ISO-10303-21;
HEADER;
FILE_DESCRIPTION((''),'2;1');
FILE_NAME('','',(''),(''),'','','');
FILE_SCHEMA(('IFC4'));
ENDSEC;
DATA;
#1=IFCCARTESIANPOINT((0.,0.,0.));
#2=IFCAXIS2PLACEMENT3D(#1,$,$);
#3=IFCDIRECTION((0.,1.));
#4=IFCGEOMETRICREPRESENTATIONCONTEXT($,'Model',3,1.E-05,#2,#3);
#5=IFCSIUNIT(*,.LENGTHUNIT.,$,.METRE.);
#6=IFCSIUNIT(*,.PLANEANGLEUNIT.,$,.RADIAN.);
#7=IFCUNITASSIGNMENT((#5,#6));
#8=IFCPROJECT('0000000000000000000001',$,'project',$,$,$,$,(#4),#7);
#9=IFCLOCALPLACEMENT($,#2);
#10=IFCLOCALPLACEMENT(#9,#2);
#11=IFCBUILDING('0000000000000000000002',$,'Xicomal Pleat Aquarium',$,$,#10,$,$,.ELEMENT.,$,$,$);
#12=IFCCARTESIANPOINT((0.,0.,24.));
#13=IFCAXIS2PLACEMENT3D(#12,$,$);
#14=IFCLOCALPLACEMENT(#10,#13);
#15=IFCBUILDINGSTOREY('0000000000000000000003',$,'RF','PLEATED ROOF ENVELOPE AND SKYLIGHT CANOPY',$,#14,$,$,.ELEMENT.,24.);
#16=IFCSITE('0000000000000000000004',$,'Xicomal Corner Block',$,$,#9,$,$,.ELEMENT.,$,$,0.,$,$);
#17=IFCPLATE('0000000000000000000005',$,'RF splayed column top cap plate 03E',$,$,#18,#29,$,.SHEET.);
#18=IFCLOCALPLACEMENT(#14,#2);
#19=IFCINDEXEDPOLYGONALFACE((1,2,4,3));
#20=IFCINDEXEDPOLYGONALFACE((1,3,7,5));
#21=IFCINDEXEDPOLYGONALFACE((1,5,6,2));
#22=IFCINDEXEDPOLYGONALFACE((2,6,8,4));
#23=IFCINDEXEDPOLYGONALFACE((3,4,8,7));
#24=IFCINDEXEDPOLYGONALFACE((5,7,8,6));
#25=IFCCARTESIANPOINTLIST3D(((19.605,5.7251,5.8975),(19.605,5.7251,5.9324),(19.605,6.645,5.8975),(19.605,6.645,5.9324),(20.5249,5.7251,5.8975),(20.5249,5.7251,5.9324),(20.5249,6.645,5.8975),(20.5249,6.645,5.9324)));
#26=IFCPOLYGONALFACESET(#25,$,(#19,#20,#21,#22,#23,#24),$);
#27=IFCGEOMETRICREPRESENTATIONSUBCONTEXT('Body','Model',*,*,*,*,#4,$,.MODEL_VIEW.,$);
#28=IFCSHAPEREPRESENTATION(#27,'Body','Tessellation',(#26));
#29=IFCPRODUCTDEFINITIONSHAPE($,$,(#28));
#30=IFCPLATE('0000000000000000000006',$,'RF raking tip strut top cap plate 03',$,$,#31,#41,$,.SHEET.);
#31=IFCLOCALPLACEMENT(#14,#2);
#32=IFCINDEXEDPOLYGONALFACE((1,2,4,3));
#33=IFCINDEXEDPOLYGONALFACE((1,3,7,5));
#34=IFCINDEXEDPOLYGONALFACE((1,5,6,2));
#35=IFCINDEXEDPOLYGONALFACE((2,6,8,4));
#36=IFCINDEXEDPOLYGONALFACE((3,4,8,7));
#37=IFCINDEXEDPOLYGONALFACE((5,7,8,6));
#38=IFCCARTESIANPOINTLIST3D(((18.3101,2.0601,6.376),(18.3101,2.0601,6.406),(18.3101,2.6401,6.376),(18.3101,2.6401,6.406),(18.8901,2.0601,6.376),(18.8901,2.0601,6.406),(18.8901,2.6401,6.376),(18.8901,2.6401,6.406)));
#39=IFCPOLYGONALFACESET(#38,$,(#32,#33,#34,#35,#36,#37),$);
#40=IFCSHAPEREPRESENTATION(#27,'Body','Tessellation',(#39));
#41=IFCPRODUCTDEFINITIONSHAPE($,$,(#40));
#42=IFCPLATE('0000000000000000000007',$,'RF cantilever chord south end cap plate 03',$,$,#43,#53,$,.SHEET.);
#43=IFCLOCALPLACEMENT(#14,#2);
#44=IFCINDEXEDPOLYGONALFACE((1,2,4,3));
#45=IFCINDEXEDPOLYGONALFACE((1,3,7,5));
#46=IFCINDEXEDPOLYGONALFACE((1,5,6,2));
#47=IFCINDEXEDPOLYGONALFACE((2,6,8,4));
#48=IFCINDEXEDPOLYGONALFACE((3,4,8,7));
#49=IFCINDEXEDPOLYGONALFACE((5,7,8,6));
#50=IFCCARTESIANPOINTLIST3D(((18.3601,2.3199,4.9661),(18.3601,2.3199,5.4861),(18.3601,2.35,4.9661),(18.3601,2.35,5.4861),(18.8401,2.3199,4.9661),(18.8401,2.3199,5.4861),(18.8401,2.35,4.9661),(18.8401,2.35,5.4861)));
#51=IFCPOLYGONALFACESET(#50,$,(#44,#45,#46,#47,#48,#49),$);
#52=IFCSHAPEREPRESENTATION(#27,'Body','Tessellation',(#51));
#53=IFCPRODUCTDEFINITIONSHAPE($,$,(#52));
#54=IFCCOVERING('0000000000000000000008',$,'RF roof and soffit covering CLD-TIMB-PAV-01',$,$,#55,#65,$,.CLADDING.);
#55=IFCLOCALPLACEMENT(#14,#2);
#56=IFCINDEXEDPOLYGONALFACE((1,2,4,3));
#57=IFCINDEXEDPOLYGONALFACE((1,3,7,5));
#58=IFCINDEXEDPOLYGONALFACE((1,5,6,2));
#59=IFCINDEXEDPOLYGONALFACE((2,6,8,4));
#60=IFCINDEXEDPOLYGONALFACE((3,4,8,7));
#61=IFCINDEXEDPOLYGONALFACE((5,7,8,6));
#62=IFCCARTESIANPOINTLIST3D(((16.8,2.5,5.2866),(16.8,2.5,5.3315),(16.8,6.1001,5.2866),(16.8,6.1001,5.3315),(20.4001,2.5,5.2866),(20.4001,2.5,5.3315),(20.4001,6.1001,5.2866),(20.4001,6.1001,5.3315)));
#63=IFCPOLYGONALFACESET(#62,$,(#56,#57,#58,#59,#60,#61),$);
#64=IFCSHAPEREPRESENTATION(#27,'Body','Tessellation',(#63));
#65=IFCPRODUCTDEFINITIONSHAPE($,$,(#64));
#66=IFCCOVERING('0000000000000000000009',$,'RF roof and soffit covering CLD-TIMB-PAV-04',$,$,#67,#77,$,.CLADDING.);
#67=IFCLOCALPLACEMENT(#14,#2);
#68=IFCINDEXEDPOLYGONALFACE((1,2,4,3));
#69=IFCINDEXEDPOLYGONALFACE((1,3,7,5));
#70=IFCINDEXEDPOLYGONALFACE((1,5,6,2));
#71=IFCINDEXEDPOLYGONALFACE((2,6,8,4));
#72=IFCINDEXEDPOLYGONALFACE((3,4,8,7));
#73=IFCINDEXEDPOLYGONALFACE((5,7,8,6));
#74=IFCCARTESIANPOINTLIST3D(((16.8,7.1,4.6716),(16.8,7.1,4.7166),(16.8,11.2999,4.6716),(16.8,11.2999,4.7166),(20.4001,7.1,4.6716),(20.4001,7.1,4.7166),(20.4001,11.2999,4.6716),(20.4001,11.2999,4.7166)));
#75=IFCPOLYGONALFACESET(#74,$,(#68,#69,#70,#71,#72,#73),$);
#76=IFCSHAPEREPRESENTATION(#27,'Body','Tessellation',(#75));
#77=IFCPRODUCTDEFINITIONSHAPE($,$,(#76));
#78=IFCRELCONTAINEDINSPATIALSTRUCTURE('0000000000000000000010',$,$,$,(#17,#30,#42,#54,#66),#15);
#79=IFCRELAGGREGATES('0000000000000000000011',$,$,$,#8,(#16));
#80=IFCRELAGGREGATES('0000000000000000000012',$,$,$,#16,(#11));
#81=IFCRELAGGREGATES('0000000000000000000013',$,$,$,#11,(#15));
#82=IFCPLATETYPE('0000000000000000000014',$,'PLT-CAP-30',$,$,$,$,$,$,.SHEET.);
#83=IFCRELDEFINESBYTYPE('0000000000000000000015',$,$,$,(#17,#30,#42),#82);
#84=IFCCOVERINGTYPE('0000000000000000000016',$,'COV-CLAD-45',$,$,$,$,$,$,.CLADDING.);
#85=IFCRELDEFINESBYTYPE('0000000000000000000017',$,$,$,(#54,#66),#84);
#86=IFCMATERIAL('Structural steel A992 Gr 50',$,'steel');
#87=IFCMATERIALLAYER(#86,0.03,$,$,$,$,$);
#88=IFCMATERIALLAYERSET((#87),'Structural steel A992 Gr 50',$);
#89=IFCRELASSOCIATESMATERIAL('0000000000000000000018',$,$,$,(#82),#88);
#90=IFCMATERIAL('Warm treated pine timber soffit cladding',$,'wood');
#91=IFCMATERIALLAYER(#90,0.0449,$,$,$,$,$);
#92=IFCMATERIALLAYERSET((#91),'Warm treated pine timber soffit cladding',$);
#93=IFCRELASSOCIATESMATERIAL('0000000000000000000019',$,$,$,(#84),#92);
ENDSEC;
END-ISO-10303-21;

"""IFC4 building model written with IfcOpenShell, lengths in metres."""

from ifc_helpers import new_model, si_unit, direction, frame, origin, origin_2d, place, context, subcontext, project, spatial, rectangle, extrude, material, layer, layer_set, type_object, element, save


model = new_model("IFC4")

# Units and contexts
model_context = context("Model", 3, precision=1e-05, world=origin(), true_north=direction((0.0, 1.0)))
body_context = subcontext(model_context, "Body", "Model", "MODEL_VIEW")
ifc_project = project(units=[si_unit("LENGTHUNIT", "METRE"), si_unit("PLANEANGLEUNIT", "RADIAN")], contexts=[model_context])

# Site, building, storey
site_placement = place(None, origin())
site = spatial("IfcSite", under=ifc_project, at=site_placement, Name="Xicomal Corner Block", CompositionType="ELEMENT", RefElevation=0.0)
building_placement = place(site_placement, origin())
building = spatial("IfcBuilding", under=site, at=building_placement, Name="Xicomal Pleat Aquarium", CompositionType="ELEMENT")
storey_placement = place(building_placement, frame((0.0, 0.0, 24.0)))
storey = spatial("IfcBuildingStorey", under=building, at=storey_placement, Name="RF", Description="PLEATED ROOF ENVELOPE AND SKYLIGHT CANOPY", CompositionType="ELEMENT", Elevation=24.0)

# Plates
ifc_material_1 = material(Name="Structural steel A992 Gr 50", Category="steel")
ifc_layer_1 = layer(ifc_material_1, 0.03)
ifc_layer_set_1 = layer_set([ifc_layer_1], Name="Structural steel A992 Gr 50")
plate_type_1 = type_object("IfcPlateType", Name="PLT-CAP-30", PredefinedType="SHEET", material=ifc_layer_set_1)
plate_1_placement = place(storey_placement, frame((20.0649, 6.1851, 5.8975), z_axis=(0.0, 0.0, 1.0), x_axis=(1.0, 0.0, 0.0)))
element("IfcPlate", 1, at=plate_1_placement, inside=storey, type_object=plate_type_1, Name="RF splayed column top cap plate 03E", PredefinedType="SHEET", context=body_context, shape_type="SweptSolid", body=[
    extrude(rectangle(XDim=0.9199, YDim=0.9199, at=origin_2d()), origin(), (0.0, 0.0, 1.0), 0.0349),
])
plate_2_placement = place(storey_placement, frame((18.6001, 2.3501, 6.376), z_axis=(0.0, 0.0, 1.0), x_axis=(1.0, 0.0, 0.0)))
element("IfcPlate", 2, at=plate_2_placement, inside=storey, type_object=plate_type_1, Name="RF raking tip strut top cap plate 03", PredefinedType="SHEET", context=body_context, shape_type="SweptSolid", body=[
    extrude(rectangle(XDim=0.5801, YDim=0.5801, at=origin_2d()), origin(), (0.0, 0.0, 1.0), 0.03),
])
plate_3_placement = place(storey_placement, frame((18.6001, 2.335, 4.9661), z_axis=(0.0, 0.0, 1.0), x_axis=(1.0, 0.0, 0.0)))
element("IfcPlate", 3, at=plate_3_placement, inside=storey, type_object=plate_type_1, Name="RF cantilever chord south end cap plate 03", PredefinedType="SHEET", context=body_context, shape_type="SweptSolid", body=[
    extrude(rectangle(XDim=0.48, YDim=0.03, at=origin_2d()), origin(), (0.0, 0.0, 1.0), 0.52),
])

# Coverings
ifc_material_2 = material(Name="Warm treated pine timber soffit cladding", Category="wood")
ifc_layer_2 = layer(ifc_material_2, 0.0449)
ifc_layer_set_2 = layer_set([ifc_layer_2], Name="Warm treated pine timber soffit cladding")
covering_type = type_object("IfcCoveringType", Name="COV-CLAD-45", PredefinedType="CLADDING", material=ifc_layer_set_2)
covering_1_placement = place(storey_placement, frame((18.6001, 4.3, 5.2866), z_axis=(0.0, 0.0, 1.0), x_axis=(1.0, 0.0, 0.0)))
element("IfcCovering", 4, at=covering_1_placement, inside=storey, type_object=covering_type, Name="RF roof and soffit covering CLD-TIMB-PAV-01", PredefinedType="CLADDING", context=body_context, shape_type="SweptSolid", body=[
    extrude(rectangle(XDim=3.6001, YDim=3.6001, at=origin_2d()), origin(), (0.0, 0.0, 1.0), 0.0449),
])
covering_2_placement = place(storey_placement, frame((18.6001, 9.2, 4.6716), z_axis=(0.0, 0.0, 1.0), x_axis=(1.0, 0.0, 0.0)))
element("IfcCovering", 5, at=covering_2_placement, inside=storey, type_object=covering_type, Name="RF roof and soffit covering CLD-TIMB-PAV-04", PredefinedType="CLADDING", context=body_context, shape_type="SweptSolid", body=[
    extrude(rectangle(XDim=3.6001, YDim=4.2, at=origin_2d()), origin(), (0.0, 0.0, 1.0), 0.0449),
])

save(model, "model.ifc")
